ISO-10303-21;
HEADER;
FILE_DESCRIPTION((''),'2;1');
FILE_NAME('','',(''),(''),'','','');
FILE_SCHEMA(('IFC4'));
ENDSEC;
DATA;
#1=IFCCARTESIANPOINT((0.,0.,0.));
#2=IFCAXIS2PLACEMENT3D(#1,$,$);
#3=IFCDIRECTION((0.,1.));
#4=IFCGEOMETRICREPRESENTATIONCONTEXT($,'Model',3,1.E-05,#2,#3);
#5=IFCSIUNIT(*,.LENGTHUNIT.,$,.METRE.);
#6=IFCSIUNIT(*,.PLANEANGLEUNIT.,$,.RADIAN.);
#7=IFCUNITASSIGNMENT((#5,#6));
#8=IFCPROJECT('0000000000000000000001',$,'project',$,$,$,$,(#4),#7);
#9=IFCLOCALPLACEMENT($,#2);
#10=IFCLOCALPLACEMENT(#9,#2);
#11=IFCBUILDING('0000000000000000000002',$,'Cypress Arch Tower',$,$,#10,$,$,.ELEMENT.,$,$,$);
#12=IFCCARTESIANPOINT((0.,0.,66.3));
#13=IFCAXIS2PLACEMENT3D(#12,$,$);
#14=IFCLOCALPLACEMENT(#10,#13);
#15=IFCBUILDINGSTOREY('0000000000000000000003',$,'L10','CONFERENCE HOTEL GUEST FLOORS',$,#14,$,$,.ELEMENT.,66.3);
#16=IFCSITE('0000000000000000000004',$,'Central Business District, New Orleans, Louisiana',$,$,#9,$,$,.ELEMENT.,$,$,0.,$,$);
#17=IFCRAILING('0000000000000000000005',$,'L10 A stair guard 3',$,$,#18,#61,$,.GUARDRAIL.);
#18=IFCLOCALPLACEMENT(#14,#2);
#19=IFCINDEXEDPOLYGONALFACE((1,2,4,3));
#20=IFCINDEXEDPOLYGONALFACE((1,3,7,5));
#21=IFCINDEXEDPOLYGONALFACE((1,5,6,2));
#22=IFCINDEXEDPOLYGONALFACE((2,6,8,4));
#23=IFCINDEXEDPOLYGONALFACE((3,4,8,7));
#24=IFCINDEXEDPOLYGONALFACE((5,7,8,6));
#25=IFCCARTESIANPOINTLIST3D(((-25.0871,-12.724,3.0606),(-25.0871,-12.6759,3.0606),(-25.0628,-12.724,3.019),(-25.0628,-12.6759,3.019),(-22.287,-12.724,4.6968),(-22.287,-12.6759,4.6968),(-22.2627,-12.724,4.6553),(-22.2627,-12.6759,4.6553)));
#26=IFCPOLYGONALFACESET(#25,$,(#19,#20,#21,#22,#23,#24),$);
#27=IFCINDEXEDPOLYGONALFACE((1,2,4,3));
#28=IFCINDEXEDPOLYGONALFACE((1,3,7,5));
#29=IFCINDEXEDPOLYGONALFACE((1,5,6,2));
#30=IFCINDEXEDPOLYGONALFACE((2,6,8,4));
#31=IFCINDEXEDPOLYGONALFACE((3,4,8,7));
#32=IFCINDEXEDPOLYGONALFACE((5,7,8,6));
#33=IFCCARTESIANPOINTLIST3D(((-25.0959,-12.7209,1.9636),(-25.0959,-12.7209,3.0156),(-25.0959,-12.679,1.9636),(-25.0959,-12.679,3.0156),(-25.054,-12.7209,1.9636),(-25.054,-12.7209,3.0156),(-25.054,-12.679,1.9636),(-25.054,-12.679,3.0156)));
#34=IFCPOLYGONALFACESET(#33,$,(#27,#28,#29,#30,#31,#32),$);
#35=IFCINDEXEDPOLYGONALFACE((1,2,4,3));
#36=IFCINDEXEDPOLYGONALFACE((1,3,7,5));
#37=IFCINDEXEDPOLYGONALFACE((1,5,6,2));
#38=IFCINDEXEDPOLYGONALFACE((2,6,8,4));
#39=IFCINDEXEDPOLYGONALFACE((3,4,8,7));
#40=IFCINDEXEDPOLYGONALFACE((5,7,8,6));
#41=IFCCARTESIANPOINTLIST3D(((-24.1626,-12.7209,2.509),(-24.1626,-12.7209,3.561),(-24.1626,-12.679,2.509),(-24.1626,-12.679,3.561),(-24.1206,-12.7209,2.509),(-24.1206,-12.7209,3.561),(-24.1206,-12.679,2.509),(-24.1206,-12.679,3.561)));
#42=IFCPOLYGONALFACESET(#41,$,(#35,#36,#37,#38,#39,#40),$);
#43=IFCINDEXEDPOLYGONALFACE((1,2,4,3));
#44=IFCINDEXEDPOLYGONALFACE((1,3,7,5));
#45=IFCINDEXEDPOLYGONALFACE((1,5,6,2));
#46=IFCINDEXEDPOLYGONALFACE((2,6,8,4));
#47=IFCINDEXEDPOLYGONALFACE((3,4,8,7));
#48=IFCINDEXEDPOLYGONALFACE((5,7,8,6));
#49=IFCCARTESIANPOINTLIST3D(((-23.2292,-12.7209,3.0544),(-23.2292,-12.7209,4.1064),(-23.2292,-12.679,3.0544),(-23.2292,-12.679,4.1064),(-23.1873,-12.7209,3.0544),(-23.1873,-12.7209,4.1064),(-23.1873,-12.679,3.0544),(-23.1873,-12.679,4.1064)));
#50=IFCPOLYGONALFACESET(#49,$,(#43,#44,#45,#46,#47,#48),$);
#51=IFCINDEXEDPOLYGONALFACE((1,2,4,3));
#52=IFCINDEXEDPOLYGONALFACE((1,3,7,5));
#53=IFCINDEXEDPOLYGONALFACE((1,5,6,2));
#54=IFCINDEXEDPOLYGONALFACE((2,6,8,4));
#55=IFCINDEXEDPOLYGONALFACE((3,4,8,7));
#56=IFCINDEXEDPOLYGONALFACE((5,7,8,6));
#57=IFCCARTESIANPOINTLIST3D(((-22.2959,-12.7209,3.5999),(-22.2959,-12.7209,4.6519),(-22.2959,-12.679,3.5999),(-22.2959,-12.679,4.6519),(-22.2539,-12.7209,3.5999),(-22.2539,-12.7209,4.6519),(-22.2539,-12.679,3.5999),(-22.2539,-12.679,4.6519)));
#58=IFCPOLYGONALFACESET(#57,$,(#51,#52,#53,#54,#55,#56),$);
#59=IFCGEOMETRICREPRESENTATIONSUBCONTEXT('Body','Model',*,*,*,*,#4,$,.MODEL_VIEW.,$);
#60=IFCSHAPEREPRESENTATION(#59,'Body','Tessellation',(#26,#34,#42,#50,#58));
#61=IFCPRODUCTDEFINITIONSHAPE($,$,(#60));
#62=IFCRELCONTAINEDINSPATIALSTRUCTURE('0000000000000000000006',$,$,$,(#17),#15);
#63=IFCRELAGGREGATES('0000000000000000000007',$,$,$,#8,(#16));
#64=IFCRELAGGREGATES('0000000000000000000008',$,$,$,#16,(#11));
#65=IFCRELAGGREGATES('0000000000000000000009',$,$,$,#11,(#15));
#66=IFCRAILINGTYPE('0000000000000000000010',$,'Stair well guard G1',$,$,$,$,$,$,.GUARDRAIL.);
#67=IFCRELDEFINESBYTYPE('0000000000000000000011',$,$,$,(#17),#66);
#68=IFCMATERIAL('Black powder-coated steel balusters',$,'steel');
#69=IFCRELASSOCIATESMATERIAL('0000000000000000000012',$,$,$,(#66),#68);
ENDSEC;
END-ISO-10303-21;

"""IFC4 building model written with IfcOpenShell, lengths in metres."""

from ifc_helpers import new_model, si_unit, direction, frame, origin, origin_2d, place, context, subcontext, project, spatial, rectangle, extrude, material, type_object, element, save


model = new_model("IFC4")

# Units and contexts
model_context = context("Model", 3, precision=1e-05, world=origin(), true_north=direction((0.0, 1.0)))
body_context = subcontext(model_context, "Body", "Model", "MODEL_VIEW")
ifc_project = project(units=[si_unit("LENGTHUNIT", "METRE"), si_unit("PLANEANGLEUNIT", "RADIAN")], contexts=[model_context])

# Site, building, storey
site_placement = place(None, origin())
site = spatial("IfcSite", under=ifc_project, at=site_placement, Name="Central Business District, New Orleans, Louisiana", CompositionType="ELEMENT", RefElevation=0.0)
building_placement = place(site_placement, origin())
building = spatial("IfcBuilding", under=site, at=building_placement, Name="Cypress Arch Tower", CompositionType="ELEMENT")
storey_placement = place(building_placement, frame((0.0, 0.0, 66.3)))
storey = spatial("IfcBuildingStorey", under=building, at=storey_placement, Name="L10", Description="CONFERENCE HOTEL GUEST FLOORS", CompositionType="ELEMENT", Elevation=66.3)

# Railing
ifc_material_1 = material(Name="Black powder-coated steel balusters", Category="steel")
railing_type_1 = type_object("IfcRailingType", Name="Stair well guard G1", PredefinedType="GUARDRAIL", material=ifc_material_1)
railing_1_placement = place(storey_placement, frame((-25.075, -12.7, 1.9636)))
element("IfcRailing", 1, at=railing_1_placement, inside=storey, type_object=railing_type_1, Name="L10 A stair guard 3", PredefinedType="GUARDRAIL", context=body_context, shape_type="SweptSolid", body=[
    extrude(rectangle(XDim=0.0481, YDim=0.0481, at=origin_2d()), frame((0.0, 0.0, 1.0762), z_axis=(0.863394, 0.0, 0.504531), x_axis=(0.0, 1.0, 0.0)), (0.0, 0.0, 1.0), 3.2432),
    extrude(rectangle(XDim=0.042, YDim=0.042, at=origin_2d()), origin(), (0.0, 0.0, 1.0), 1.052),
    extrude(rectangle(XDim=0.042, YDim=0.042, at=origin_2d()), frame((0.9333, 0.0, 0.5454)), (0.0, 0.0, 1.0), 1.052),
    extrude(rectangle(XDim=0.042, YDim=0.042, at=origin_2d()), frame((1.8667, 0.0, 1.0908)), (0.0, 0.0, 1.0), 1.052),
    extrude(rectangle(XDim=0.042, YDim=0.042, at=origin_2d()), frame((2.8, 0.0, 1.6362)), (0.0, 0.0, 1.0), 1.052),
])

save(model, "model.ifc")
